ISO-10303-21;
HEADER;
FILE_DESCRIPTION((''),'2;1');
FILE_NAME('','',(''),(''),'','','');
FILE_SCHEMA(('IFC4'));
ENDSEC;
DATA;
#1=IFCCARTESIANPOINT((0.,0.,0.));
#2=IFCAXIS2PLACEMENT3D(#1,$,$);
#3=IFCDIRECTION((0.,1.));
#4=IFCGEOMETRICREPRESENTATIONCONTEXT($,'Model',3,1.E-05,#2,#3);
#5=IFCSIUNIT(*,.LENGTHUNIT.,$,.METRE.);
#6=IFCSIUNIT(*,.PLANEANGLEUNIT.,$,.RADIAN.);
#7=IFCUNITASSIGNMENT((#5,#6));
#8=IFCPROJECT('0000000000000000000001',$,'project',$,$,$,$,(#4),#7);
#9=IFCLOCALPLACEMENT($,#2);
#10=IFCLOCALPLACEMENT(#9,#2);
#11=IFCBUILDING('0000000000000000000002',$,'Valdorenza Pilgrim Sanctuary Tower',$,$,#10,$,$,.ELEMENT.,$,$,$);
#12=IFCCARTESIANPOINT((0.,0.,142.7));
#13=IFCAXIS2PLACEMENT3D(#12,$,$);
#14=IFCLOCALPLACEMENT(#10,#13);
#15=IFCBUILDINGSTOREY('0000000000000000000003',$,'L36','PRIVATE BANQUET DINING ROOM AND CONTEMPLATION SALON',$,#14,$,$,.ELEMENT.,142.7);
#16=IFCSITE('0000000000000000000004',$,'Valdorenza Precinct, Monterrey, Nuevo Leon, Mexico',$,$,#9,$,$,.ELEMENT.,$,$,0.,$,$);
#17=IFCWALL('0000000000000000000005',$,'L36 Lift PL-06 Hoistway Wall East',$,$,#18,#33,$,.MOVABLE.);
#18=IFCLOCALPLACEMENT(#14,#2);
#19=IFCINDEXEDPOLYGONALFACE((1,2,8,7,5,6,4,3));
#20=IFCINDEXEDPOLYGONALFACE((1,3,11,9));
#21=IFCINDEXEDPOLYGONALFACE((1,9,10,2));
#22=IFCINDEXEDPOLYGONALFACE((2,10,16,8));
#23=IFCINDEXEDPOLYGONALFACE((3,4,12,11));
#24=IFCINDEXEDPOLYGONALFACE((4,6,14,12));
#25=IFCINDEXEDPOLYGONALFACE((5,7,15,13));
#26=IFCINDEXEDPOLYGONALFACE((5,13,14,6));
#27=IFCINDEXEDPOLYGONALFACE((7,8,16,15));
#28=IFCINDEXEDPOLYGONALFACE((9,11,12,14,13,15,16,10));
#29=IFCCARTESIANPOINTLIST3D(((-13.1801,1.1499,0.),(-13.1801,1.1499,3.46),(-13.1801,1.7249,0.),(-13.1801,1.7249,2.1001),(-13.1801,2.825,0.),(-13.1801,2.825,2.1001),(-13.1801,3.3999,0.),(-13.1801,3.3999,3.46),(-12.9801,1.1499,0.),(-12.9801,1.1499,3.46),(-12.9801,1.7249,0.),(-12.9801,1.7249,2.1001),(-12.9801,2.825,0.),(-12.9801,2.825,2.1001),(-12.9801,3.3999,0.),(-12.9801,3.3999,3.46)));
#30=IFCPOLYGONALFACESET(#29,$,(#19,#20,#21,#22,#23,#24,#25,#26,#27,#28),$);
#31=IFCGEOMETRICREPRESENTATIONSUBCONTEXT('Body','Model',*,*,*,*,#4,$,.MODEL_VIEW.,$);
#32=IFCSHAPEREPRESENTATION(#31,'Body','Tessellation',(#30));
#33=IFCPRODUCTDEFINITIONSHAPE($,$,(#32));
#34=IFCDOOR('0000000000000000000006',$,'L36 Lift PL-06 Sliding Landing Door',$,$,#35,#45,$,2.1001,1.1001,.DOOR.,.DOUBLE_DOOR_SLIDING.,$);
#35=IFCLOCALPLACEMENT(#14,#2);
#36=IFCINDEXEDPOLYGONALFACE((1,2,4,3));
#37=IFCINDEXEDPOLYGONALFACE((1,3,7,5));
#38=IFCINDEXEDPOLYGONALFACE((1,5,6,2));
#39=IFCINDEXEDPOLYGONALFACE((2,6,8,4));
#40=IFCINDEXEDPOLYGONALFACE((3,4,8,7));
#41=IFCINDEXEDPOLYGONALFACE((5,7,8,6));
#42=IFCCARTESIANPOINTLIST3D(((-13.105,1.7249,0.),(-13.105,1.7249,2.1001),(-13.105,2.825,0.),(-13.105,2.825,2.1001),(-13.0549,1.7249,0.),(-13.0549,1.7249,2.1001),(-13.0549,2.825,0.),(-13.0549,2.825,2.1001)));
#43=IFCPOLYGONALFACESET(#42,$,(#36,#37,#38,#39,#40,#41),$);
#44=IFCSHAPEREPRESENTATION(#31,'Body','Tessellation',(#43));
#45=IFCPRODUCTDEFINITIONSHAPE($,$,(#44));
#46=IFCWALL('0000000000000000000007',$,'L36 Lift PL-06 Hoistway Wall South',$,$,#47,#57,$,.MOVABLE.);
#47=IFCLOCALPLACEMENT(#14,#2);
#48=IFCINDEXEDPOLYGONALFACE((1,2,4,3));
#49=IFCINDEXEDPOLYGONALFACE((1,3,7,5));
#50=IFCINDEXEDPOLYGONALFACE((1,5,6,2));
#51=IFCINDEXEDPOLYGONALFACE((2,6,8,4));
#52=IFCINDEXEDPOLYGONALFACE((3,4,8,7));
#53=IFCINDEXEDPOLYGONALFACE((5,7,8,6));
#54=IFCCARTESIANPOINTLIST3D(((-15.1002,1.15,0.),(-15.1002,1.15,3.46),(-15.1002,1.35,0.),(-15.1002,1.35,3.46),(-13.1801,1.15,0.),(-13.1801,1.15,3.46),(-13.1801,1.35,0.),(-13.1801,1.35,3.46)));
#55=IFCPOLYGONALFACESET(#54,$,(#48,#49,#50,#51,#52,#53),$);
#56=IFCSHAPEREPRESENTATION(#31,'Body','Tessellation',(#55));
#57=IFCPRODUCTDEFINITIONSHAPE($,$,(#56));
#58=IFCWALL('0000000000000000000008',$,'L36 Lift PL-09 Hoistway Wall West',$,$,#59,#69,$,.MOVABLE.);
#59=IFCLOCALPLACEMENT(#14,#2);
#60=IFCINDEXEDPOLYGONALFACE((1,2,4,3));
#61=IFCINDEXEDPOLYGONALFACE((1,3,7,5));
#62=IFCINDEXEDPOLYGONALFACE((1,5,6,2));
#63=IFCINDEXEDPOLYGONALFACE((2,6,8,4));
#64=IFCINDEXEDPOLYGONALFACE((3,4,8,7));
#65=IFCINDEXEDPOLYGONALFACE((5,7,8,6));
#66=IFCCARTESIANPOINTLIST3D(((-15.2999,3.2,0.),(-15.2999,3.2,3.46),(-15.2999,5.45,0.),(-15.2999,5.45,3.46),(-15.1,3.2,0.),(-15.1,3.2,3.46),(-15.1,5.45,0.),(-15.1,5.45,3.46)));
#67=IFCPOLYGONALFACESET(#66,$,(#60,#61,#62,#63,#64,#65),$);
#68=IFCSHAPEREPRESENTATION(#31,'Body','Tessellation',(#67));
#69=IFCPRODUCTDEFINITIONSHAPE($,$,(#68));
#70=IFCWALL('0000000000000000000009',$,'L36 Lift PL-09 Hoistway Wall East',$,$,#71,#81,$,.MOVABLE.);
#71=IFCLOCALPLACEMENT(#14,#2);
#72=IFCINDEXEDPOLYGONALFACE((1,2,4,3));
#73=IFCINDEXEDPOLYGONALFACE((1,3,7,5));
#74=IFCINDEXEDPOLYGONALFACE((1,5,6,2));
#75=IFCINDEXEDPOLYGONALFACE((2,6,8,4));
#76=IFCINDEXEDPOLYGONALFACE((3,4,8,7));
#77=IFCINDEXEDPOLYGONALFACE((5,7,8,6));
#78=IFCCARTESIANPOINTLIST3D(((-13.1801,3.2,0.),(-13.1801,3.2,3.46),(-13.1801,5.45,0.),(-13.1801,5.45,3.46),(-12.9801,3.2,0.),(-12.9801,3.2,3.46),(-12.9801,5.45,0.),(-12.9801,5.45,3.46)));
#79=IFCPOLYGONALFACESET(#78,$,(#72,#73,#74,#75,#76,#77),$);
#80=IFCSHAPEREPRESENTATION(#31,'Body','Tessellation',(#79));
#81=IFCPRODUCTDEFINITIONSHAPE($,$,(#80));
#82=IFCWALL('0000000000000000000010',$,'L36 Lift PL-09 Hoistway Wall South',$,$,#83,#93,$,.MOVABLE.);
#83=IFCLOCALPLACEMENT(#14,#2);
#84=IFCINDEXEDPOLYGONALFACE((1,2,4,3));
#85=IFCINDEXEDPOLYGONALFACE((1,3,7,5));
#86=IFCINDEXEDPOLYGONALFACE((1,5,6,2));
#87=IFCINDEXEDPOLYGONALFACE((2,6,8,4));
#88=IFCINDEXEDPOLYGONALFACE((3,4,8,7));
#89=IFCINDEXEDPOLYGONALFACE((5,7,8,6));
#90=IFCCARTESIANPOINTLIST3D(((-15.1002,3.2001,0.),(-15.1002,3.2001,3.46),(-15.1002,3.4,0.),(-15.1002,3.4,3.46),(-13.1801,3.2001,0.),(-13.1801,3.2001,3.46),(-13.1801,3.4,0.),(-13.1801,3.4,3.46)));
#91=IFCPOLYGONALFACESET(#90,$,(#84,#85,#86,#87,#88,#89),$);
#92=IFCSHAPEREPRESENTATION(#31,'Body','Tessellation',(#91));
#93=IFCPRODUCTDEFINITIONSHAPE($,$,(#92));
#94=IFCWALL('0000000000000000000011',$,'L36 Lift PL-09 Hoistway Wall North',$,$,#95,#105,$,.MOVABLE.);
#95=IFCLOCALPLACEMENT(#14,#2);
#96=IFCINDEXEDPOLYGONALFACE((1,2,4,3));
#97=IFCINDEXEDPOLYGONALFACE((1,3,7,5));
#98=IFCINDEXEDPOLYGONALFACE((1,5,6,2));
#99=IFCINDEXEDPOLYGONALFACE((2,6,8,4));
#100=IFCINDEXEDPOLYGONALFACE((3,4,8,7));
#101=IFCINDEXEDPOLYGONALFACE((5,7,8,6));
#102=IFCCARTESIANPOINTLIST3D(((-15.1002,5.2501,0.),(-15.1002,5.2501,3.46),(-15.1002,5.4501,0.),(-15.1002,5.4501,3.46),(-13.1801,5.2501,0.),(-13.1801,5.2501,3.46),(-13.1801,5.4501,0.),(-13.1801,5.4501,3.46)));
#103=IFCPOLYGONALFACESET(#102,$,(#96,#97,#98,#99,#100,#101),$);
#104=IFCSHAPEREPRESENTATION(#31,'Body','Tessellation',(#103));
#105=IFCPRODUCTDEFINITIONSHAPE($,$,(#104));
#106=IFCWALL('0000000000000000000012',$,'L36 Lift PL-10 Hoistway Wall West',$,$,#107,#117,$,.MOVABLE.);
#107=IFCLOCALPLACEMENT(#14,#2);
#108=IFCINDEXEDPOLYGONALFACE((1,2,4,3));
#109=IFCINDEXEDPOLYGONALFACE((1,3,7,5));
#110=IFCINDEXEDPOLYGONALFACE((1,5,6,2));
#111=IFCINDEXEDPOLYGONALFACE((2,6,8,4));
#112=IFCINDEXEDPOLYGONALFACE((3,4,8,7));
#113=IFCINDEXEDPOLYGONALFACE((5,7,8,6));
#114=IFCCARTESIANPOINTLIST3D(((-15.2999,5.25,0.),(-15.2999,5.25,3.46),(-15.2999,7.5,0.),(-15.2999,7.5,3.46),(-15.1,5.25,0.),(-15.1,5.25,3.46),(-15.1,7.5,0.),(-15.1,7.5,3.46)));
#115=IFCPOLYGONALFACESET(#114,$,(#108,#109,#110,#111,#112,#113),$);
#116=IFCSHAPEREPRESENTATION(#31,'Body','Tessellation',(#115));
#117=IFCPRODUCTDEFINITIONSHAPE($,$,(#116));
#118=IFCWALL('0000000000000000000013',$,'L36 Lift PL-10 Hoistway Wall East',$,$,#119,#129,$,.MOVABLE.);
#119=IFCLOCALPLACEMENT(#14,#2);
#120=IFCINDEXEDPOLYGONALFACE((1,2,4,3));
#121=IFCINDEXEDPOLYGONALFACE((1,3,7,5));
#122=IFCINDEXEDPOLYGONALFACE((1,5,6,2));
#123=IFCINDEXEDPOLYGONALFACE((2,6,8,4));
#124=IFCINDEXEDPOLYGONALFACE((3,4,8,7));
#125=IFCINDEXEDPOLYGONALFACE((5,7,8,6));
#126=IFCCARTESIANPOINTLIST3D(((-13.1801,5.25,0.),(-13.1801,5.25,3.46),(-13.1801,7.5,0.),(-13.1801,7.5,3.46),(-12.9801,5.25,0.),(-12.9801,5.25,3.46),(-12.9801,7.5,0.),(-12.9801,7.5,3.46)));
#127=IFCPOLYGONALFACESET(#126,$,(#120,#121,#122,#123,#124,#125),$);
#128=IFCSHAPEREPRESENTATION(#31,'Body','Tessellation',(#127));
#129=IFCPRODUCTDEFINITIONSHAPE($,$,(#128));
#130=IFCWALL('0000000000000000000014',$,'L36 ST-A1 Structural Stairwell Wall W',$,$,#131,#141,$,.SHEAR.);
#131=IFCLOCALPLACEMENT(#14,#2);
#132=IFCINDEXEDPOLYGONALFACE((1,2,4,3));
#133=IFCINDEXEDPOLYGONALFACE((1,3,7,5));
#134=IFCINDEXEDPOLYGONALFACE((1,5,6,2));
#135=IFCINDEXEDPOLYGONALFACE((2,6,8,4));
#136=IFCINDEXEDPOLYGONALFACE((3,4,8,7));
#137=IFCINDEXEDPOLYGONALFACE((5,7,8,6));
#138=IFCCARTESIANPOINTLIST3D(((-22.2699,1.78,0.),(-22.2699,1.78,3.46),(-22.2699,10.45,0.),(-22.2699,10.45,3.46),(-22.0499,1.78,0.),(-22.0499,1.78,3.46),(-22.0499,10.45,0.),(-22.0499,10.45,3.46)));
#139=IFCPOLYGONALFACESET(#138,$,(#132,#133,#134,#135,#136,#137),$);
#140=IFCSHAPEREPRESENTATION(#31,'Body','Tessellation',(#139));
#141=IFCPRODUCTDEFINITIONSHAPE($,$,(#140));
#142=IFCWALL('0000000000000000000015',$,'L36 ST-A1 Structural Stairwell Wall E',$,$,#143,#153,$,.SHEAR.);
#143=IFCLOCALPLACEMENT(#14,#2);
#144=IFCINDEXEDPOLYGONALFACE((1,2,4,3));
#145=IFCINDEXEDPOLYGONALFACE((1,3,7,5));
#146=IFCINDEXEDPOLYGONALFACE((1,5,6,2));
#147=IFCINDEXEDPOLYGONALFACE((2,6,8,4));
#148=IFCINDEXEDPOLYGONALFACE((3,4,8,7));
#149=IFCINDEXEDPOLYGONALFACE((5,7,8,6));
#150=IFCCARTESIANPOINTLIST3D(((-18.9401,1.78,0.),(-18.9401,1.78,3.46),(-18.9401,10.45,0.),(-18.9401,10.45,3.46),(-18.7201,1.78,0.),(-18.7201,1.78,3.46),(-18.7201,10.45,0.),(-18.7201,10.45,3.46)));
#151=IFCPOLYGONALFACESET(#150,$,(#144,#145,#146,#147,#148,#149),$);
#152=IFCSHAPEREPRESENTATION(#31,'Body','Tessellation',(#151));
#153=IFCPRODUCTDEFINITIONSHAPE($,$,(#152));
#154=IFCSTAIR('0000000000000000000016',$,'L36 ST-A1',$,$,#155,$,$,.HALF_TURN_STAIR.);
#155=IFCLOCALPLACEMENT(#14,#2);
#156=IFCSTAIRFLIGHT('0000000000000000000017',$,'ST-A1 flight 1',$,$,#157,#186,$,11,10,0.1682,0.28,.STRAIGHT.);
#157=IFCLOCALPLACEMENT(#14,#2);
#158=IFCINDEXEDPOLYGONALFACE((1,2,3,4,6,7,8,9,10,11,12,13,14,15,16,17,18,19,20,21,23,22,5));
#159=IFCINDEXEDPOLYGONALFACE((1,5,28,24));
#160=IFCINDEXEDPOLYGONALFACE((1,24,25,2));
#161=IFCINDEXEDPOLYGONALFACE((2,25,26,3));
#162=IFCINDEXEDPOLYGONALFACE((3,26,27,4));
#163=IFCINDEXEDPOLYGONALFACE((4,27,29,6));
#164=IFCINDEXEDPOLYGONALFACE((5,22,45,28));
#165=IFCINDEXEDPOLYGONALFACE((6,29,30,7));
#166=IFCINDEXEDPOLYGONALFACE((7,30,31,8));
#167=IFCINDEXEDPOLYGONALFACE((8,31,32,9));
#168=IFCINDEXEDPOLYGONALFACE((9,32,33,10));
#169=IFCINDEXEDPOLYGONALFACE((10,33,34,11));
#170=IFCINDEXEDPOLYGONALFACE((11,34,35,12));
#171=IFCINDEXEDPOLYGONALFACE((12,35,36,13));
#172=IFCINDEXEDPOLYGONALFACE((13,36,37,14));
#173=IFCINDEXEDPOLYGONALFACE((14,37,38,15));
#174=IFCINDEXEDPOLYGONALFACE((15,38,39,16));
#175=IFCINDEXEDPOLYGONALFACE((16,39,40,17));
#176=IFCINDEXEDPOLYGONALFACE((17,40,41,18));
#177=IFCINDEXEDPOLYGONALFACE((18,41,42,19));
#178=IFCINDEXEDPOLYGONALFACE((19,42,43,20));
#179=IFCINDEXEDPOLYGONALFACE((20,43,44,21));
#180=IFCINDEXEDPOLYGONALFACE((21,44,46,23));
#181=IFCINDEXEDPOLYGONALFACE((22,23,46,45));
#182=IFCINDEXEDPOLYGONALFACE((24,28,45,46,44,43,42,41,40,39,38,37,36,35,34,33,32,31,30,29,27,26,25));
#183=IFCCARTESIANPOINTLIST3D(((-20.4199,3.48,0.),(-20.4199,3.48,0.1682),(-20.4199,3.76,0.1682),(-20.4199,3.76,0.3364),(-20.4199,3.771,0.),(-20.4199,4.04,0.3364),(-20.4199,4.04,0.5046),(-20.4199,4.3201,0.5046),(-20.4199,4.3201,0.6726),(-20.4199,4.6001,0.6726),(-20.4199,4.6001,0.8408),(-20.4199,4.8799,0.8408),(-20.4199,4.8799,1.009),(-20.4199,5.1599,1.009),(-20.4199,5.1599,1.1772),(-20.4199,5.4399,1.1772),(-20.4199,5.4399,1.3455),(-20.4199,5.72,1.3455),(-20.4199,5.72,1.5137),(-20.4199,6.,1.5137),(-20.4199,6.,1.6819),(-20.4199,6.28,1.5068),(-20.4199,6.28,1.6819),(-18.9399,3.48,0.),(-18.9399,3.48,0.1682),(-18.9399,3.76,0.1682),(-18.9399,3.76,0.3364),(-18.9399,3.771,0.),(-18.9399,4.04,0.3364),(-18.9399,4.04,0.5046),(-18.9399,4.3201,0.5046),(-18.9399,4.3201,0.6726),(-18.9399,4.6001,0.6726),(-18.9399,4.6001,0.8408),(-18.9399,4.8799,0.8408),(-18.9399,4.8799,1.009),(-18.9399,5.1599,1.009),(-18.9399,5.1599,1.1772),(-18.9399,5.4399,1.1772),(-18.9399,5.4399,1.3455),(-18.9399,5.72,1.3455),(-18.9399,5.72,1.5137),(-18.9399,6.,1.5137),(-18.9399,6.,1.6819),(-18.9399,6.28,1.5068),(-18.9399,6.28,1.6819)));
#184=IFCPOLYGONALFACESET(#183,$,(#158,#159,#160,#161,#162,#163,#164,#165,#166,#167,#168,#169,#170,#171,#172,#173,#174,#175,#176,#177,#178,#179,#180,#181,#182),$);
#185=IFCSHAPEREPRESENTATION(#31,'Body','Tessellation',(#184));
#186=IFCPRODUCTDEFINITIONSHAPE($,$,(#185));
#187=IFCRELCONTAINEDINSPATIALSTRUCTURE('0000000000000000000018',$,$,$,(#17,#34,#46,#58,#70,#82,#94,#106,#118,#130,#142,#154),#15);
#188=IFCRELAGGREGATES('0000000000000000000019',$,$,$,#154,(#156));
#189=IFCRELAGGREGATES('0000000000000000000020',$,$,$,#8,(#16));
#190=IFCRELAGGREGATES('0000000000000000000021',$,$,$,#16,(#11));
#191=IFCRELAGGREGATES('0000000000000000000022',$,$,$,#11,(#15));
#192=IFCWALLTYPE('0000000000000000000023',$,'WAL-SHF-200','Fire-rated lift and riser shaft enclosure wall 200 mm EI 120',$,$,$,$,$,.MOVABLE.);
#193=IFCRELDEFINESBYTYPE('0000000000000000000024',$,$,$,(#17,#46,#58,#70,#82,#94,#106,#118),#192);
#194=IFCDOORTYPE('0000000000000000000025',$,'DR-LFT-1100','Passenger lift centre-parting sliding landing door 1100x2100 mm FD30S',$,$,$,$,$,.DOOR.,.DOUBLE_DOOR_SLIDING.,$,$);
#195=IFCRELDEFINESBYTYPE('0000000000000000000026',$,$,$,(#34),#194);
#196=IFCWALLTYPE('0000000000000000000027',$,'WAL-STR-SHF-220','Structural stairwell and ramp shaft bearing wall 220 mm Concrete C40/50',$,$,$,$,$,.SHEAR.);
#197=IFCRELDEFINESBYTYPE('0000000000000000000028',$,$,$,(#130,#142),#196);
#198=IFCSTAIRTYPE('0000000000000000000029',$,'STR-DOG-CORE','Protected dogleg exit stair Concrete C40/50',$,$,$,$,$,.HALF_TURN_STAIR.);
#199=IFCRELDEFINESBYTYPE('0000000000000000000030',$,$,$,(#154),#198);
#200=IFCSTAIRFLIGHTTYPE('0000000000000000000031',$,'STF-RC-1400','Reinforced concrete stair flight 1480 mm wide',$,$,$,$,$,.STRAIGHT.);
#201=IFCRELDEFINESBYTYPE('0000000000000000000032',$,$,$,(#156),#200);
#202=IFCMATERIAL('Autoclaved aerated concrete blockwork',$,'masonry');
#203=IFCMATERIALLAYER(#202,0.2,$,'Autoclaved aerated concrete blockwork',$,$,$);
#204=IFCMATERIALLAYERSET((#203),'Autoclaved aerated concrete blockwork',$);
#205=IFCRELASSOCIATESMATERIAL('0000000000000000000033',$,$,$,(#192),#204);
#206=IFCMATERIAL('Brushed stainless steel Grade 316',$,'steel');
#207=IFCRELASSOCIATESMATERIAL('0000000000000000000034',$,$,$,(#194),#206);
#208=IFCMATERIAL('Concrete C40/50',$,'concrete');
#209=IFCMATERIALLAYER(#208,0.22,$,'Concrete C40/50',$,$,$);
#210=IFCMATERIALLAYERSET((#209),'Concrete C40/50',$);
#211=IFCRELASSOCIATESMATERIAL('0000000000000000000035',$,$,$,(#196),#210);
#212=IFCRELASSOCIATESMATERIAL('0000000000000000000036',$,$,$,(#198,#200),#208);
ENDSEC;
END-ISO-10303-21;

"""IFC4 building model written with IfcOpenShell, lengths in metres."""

from ifc_helpers import new_model, si_unit, direction, frame, frame_2d, origin, place, context, subcontext, project, spatial, polyline, rectangle, outline, extrude, material, layer, layer_set, type_object, element, fill, aggregate, save


model = new_model("IFC4")

# Units and contexts
model_context = context("Model", 3, precision=1e-05, world=origin(), true_north=direction((0.0, 1.0)))
body_context = subcontext(model_context, "Body", "Model", "MODEL_VIEW")
ifc_project = project(units=[si_unit("LENGTHUNIT", "METRE"), si_unit("PLANEANGLEUNIT", "RADIAN")], contexts=[model_context])

# Site, building, storey
site_placement = place(None, origin())
site = spatial("IfcSite", under=ifc_project, at=site_placement, Name="Valdorenza Precinct, Monterrey, Nuevo Leon, Mexico", CompositionType="ELEMENT", RefElevation=0.0)
building_placement = place(site_placement, origin())
building = spatial("IfcBuilding", under=site, at=building_placement, Name="Valdorenza Pilgrim Sanctuary Tower", CompositionType="ELEMENT")
storey_placement = place(building_placement, frame((0.0, 0.0, 142.7)))
storey = spatial("IfcBuildingStorey", under=building, at=storey_placement, Name="L36", Description="PRIVATE BANQUET DINING ROOM AND CONTEMPLATION SALON", CompositionType="ELEMENT", Elevation=142.7)

# Shared definitions
ifc_material_1 = material(Name="Autoclaved aerated concrete blockwork", Category="masonry")
ifc_layer_1 = layer(ifc_material_1, 0.2, Name="Autoclaved aerated concrete blockwork")
ifc_layer_set_1 = layer_set([ifc_layer_1], Name="Autoclaved aerated concrete blockwork")
wall_type_1 = type_object("IfcWallType", Name="WAL-SHF-200", Description="Fire-rated lift and riser shaft enclosure wall 200 mm EI 120", PredefinedType="MOVABLE", material=ifc_layer_set_1)

# Shared definitions
ifc_material_2 = material(Name="Brushed stainless steel Grade 316", Category="steel")

# Wall, opening, door
wall_1_placement = place(storey_placement, frame((-13.0801, 1.1499, 0.0), z_axis=(0.0, 0.0, 1.0), x_axis=(0.0, 1.0, 0.0)))
wall_1 = element("IfcWall", 1, at=wall_1_placement, inside=storey, type_object=wall_type_1, Name="L36 Lift PL-06 Hoistway Wall East", PredefinedType="MOVABLE", context=body_context, shape_type="SweptSolid", body=[
    extrude(rectangle(XDim=2.25, YDim=0.2, at=frame_2d((1.125, 0.0))), origin(), (0.0, 0.0, 1.0), 3.46),
])
opening_1_placement = place(wall_1_placement, frame((0.575, 0.0, 0.0)))
opening_1 = element("IfcOpeningElement", 2, at=opening_1_placement, cuts=wall_1, PredefinedType="OPENING", context=body_context, shape_type="SweptSolid", body=[
    extrude(rectangle(XDim=1.1001, YDim=2.1001, at=frame_2d((0.55, 1.05))), frame((0.0, 0.1147, 0.0), z_axis=(0.0, -1.0, 0.0), x_axis=(1.0, 0.0, 0.0)), (0.0, 0.0, 1.0), 0.2297),
])
door_type_1 = type_object("IfcDoorType", Name="DR-LFT-1100", Description="Passenger lift centre-parting sliding landing door 1100x2100 mm FD30S", OperationType="DOUBLE_DOOR_SLIDING", PredefinedType="DOOR", material=ifc_material_2)
door_1_placement = place(opening_1_placement, origin())
door_1 = element("IfcDoor", 3, at=door_1_placement, inside=storey, type_object=door_type_1, Name="L36 Lift PL-06 Sliding Landing Door", OperationType="DOUBLE_DOOR_SLIDING", OverallHeight=2.1001, OverallWidth=1.1001, PredefinedType="DOOR", context=body_context, shape_type="SweptSolid", body=[
    extrude(rectangle(XDim=1.1001, YDim=2.1001, at=frame_2d((0.55, 1.05))), frame((0.0, 0.0249, 0.0), z_axis=(0.0, -1.0, 0.0), x_axis=(1.0, 0.0, 0.0)), (0.0, 0.0, 1.0), 0.05),
])
fill(opening_1, door_1)

# Walls
wall_2_placement = place(storey_placement, frame((-15.1001, 1.25, 0.0), z_axis=(0.0, 0.0, 1.0), x_axis=(1.0, 0.0, 0.0)))
element("IfcWall", 4, at=wall_2_placement, inside=storey, type_object=wall_type_1, Name="L36 Lift PL-06 Hoistway Wall South", PredefinedType="MOVABLE", context=body_context, shape_type="SweptSolid", body=[
    extrude(rectangle(XDim=1.9202, YDim=0.2, at=frame_2d((0.96, 0.0))), origin(), (0.0, 0.0, 1.0), 3.46),
])
for number, where, z_axis, x_axis, name in (
    (5, (-15.2, 3.2, 0.0), (0.0, 0.0, 1.0), (0.0, 1.0, 0.0), "L36 Lift PL-09 Hoistway Wall West"),
    (6, (-13.0801, 3.2, 0.0), (0.0, 0.0, 1.0), (0.0, 1.0, 0.0), "L36 Lift PL-09 Hoistway Wall East"),
):
    element("IfcWall", number, at=place(storey_placement, frame(where, z_axis=z_axis, x_axis=x_axis)), inside=storey, type_object=wall_type_1, Name=name, PredefinedType="MOVABLE", context=body_context, shape_type="SweptSolid", body=[
        extrude(rectangle(XDim=2.25, YDim=0.2, at=frame_2d((1.125, 0.0))), origin(), (0.0, 0.0, 1.0), 3.46),
    ])
for number, where, z_axis, x_axis, name in (
    (7, (-15.1001, 3.3, 0.0), (0.0, 0.0, 1.0), (1.0, 0.0, 0.0), "L36 Lift PL-09 Hoistway Wall South"),
    (8, (-15.1001, 5.3501, 0.0), (0.0, 0.0, 1.0), (1.0, 0.0, 0.0), "L36 Lift PL-09 Hoistway Wall North"),
):
    element("IfcWall", number, at=place(storey_placement, frame(where, z_axis=z_axis, x_axis=x_axis)), inside=storey, type_object=wall_type_1, Name=name, PredefinedType="MOVABLE", context=body_context, shape_type="SweptSolid", body=[
        extrude(rectangle(XDim=1.9202, YDim=0.2, at=frame_2d((0.96, 0.0))), origin(), (0.0, 0.0, 1.0), 3.46),
    ])
for number, where, z_axis, x_axis, name in (
    (9, (-15.2, 5.25, 0.0), (0.0, 0.0, 1.0), (0.0, 1.0, 0.0), "L36 Lift PL-10 Hoistway Wall West"),
    (10, (-13.0801, 5.25, 0.0), (0.0, 0.0, 1.0), (0.0, 1.0, 0.0), "L36 Lift PL-10 Hoistway Wall East"),
):
    element("IfcWall", number, at=place(storey_placement, frame(where, z_axis=z_axis, x_axis=x_axis)), inside=storey, type_object=wall_type_1, Name=name, PredefinedType="MOVABLE", context=body_context, shape_type="SweptSolid", body=[
        extrude(rectangle(XDim=2.25, YDim=0.2, at=frame_2d((1.125, 0.0))), origin(), (0.0, 0.0, 1.0), 3.46),
    ])
ifc_material_3 = material(Name="Concrete C40/50", Category="concrete")
ifc_layer_2 = layer(ifc_material_3, 0.22, Name="Concrete C40/50")
ifc_layer_set_2 = layer_set([ifc_layer_2], Name="Concrete C40/50")
wall_type_2 = type_object("IfcWallType", Name="WAL-STR-SHF-220", Description="Structural stairwell and ramp shaft bearing wall 220 mm Concrete C40/50", PredefinedType="SHEAR", material=ifc_layer_set_2)
for number, where, z_axis, x_axis, name in (
    (11, (-22.1599, 1.78, 0.0), (0.0, 0.0, 1.0), (0.0, 1.0, 0.0), "L36 ST-A1 Structural Stairwell Wall W"),
    (12, (-18.8301, 1.78, 0.0), (0.0, 0.0, 1.0), (0.0, 1.0, 0.0), "L36 ST-A1 Structural Stairwell Wall E"),
):
    element("IfcWall", number, at=place(storey_placement, frame(where, z_axis=z_axis, x_axis=x_axis)), inside=storey, type_object=wall_type_2, Name=name, PredefinedType="SHEAR", context=body_context, shape_type="SweptSolid", body=[
        extrude(rectangle(XDim=8.6699, YDim=0.22, at=frame_2d((4.335, 0.0))), origin(), (0.0, 0.0, 1.0), 3.46),
    ])

# Stair, stair flight
stair_type = type_object("IfcStairType", Name="STR-DOG-CORE", Description="Protected dogleg exit stair Concrete C40/50", PredefinedType="HALF_TURN_STAIR", material=ifc_material_3)
stair_placement = place(storey_placement, origin())
stair = element("IfcStair", 13, at=stair_placement, inside=storey, type_object=stair_type, Name="L36 ST-A1", PredefinedType="HALF_TURN_STAIR")
stair_flight_type = type_object("IfcStairFlightType", Name="STF-RC-1400", Description="Reinforced concrete stair flight 1480 mm wide", PredefinedType="STRAIGHT", material=ifc_material_3)
stair_flight_1_placement = place(storey_placement, frame((-19.6799, 3.48, 0.0), z_axis=(0.0, 0.0, 1.0), x_axis=(0.0, 1.0, 0.0)))
stair_flight_1 = element("IfcStairFlight", 14, at=stair_flight_1_placement, type_object=stair_flight_type, Name="ST-A1 flight 1", NumberOfRisers=11, NumberOfTreads=10, PredefinedType="STRAIGHT", RiserHeight=0.1682, TreadLength=0.28, context=body_context, shape_type="SweptSolid", body=[
    extrude(outline(polyline([(0.0, 0.0), (0.0, 0.1682), (0.28, 0.1682), (0.28, 0.3364), (0.5601, 0.3364), (0.5601, 0.5046), (0.8401, 0.5046), (0.8401, 0.6726), (1.1201, 0.6726), (1.1201, 0.8408), (1.3999, 0.8408), (1.3999, 1.009), (1.6799, 1.009), (1.6799, 1.1772), (1.96, 1.1772), (1.96, 1.3455), (2.24, 1.3455), (2.24, 1.5137), (2.52, 1.5137), (2.52, 1.6819), (2.8, 1.6819), (2.8, 1.8501), (2.8, 1.5068), (0.291, 0.0), (0.0, 0.0)])), frame((0.0, 0.74, 0.0), z_axis=(0.0, -1.0, 0.0), x_axis=(1.0, 0.0, 0.0)), (0.0, 0.0, 1.0), 1.48),
])
aggregate(stair, [stair_flight_1])

save(model, "model.ifc")
